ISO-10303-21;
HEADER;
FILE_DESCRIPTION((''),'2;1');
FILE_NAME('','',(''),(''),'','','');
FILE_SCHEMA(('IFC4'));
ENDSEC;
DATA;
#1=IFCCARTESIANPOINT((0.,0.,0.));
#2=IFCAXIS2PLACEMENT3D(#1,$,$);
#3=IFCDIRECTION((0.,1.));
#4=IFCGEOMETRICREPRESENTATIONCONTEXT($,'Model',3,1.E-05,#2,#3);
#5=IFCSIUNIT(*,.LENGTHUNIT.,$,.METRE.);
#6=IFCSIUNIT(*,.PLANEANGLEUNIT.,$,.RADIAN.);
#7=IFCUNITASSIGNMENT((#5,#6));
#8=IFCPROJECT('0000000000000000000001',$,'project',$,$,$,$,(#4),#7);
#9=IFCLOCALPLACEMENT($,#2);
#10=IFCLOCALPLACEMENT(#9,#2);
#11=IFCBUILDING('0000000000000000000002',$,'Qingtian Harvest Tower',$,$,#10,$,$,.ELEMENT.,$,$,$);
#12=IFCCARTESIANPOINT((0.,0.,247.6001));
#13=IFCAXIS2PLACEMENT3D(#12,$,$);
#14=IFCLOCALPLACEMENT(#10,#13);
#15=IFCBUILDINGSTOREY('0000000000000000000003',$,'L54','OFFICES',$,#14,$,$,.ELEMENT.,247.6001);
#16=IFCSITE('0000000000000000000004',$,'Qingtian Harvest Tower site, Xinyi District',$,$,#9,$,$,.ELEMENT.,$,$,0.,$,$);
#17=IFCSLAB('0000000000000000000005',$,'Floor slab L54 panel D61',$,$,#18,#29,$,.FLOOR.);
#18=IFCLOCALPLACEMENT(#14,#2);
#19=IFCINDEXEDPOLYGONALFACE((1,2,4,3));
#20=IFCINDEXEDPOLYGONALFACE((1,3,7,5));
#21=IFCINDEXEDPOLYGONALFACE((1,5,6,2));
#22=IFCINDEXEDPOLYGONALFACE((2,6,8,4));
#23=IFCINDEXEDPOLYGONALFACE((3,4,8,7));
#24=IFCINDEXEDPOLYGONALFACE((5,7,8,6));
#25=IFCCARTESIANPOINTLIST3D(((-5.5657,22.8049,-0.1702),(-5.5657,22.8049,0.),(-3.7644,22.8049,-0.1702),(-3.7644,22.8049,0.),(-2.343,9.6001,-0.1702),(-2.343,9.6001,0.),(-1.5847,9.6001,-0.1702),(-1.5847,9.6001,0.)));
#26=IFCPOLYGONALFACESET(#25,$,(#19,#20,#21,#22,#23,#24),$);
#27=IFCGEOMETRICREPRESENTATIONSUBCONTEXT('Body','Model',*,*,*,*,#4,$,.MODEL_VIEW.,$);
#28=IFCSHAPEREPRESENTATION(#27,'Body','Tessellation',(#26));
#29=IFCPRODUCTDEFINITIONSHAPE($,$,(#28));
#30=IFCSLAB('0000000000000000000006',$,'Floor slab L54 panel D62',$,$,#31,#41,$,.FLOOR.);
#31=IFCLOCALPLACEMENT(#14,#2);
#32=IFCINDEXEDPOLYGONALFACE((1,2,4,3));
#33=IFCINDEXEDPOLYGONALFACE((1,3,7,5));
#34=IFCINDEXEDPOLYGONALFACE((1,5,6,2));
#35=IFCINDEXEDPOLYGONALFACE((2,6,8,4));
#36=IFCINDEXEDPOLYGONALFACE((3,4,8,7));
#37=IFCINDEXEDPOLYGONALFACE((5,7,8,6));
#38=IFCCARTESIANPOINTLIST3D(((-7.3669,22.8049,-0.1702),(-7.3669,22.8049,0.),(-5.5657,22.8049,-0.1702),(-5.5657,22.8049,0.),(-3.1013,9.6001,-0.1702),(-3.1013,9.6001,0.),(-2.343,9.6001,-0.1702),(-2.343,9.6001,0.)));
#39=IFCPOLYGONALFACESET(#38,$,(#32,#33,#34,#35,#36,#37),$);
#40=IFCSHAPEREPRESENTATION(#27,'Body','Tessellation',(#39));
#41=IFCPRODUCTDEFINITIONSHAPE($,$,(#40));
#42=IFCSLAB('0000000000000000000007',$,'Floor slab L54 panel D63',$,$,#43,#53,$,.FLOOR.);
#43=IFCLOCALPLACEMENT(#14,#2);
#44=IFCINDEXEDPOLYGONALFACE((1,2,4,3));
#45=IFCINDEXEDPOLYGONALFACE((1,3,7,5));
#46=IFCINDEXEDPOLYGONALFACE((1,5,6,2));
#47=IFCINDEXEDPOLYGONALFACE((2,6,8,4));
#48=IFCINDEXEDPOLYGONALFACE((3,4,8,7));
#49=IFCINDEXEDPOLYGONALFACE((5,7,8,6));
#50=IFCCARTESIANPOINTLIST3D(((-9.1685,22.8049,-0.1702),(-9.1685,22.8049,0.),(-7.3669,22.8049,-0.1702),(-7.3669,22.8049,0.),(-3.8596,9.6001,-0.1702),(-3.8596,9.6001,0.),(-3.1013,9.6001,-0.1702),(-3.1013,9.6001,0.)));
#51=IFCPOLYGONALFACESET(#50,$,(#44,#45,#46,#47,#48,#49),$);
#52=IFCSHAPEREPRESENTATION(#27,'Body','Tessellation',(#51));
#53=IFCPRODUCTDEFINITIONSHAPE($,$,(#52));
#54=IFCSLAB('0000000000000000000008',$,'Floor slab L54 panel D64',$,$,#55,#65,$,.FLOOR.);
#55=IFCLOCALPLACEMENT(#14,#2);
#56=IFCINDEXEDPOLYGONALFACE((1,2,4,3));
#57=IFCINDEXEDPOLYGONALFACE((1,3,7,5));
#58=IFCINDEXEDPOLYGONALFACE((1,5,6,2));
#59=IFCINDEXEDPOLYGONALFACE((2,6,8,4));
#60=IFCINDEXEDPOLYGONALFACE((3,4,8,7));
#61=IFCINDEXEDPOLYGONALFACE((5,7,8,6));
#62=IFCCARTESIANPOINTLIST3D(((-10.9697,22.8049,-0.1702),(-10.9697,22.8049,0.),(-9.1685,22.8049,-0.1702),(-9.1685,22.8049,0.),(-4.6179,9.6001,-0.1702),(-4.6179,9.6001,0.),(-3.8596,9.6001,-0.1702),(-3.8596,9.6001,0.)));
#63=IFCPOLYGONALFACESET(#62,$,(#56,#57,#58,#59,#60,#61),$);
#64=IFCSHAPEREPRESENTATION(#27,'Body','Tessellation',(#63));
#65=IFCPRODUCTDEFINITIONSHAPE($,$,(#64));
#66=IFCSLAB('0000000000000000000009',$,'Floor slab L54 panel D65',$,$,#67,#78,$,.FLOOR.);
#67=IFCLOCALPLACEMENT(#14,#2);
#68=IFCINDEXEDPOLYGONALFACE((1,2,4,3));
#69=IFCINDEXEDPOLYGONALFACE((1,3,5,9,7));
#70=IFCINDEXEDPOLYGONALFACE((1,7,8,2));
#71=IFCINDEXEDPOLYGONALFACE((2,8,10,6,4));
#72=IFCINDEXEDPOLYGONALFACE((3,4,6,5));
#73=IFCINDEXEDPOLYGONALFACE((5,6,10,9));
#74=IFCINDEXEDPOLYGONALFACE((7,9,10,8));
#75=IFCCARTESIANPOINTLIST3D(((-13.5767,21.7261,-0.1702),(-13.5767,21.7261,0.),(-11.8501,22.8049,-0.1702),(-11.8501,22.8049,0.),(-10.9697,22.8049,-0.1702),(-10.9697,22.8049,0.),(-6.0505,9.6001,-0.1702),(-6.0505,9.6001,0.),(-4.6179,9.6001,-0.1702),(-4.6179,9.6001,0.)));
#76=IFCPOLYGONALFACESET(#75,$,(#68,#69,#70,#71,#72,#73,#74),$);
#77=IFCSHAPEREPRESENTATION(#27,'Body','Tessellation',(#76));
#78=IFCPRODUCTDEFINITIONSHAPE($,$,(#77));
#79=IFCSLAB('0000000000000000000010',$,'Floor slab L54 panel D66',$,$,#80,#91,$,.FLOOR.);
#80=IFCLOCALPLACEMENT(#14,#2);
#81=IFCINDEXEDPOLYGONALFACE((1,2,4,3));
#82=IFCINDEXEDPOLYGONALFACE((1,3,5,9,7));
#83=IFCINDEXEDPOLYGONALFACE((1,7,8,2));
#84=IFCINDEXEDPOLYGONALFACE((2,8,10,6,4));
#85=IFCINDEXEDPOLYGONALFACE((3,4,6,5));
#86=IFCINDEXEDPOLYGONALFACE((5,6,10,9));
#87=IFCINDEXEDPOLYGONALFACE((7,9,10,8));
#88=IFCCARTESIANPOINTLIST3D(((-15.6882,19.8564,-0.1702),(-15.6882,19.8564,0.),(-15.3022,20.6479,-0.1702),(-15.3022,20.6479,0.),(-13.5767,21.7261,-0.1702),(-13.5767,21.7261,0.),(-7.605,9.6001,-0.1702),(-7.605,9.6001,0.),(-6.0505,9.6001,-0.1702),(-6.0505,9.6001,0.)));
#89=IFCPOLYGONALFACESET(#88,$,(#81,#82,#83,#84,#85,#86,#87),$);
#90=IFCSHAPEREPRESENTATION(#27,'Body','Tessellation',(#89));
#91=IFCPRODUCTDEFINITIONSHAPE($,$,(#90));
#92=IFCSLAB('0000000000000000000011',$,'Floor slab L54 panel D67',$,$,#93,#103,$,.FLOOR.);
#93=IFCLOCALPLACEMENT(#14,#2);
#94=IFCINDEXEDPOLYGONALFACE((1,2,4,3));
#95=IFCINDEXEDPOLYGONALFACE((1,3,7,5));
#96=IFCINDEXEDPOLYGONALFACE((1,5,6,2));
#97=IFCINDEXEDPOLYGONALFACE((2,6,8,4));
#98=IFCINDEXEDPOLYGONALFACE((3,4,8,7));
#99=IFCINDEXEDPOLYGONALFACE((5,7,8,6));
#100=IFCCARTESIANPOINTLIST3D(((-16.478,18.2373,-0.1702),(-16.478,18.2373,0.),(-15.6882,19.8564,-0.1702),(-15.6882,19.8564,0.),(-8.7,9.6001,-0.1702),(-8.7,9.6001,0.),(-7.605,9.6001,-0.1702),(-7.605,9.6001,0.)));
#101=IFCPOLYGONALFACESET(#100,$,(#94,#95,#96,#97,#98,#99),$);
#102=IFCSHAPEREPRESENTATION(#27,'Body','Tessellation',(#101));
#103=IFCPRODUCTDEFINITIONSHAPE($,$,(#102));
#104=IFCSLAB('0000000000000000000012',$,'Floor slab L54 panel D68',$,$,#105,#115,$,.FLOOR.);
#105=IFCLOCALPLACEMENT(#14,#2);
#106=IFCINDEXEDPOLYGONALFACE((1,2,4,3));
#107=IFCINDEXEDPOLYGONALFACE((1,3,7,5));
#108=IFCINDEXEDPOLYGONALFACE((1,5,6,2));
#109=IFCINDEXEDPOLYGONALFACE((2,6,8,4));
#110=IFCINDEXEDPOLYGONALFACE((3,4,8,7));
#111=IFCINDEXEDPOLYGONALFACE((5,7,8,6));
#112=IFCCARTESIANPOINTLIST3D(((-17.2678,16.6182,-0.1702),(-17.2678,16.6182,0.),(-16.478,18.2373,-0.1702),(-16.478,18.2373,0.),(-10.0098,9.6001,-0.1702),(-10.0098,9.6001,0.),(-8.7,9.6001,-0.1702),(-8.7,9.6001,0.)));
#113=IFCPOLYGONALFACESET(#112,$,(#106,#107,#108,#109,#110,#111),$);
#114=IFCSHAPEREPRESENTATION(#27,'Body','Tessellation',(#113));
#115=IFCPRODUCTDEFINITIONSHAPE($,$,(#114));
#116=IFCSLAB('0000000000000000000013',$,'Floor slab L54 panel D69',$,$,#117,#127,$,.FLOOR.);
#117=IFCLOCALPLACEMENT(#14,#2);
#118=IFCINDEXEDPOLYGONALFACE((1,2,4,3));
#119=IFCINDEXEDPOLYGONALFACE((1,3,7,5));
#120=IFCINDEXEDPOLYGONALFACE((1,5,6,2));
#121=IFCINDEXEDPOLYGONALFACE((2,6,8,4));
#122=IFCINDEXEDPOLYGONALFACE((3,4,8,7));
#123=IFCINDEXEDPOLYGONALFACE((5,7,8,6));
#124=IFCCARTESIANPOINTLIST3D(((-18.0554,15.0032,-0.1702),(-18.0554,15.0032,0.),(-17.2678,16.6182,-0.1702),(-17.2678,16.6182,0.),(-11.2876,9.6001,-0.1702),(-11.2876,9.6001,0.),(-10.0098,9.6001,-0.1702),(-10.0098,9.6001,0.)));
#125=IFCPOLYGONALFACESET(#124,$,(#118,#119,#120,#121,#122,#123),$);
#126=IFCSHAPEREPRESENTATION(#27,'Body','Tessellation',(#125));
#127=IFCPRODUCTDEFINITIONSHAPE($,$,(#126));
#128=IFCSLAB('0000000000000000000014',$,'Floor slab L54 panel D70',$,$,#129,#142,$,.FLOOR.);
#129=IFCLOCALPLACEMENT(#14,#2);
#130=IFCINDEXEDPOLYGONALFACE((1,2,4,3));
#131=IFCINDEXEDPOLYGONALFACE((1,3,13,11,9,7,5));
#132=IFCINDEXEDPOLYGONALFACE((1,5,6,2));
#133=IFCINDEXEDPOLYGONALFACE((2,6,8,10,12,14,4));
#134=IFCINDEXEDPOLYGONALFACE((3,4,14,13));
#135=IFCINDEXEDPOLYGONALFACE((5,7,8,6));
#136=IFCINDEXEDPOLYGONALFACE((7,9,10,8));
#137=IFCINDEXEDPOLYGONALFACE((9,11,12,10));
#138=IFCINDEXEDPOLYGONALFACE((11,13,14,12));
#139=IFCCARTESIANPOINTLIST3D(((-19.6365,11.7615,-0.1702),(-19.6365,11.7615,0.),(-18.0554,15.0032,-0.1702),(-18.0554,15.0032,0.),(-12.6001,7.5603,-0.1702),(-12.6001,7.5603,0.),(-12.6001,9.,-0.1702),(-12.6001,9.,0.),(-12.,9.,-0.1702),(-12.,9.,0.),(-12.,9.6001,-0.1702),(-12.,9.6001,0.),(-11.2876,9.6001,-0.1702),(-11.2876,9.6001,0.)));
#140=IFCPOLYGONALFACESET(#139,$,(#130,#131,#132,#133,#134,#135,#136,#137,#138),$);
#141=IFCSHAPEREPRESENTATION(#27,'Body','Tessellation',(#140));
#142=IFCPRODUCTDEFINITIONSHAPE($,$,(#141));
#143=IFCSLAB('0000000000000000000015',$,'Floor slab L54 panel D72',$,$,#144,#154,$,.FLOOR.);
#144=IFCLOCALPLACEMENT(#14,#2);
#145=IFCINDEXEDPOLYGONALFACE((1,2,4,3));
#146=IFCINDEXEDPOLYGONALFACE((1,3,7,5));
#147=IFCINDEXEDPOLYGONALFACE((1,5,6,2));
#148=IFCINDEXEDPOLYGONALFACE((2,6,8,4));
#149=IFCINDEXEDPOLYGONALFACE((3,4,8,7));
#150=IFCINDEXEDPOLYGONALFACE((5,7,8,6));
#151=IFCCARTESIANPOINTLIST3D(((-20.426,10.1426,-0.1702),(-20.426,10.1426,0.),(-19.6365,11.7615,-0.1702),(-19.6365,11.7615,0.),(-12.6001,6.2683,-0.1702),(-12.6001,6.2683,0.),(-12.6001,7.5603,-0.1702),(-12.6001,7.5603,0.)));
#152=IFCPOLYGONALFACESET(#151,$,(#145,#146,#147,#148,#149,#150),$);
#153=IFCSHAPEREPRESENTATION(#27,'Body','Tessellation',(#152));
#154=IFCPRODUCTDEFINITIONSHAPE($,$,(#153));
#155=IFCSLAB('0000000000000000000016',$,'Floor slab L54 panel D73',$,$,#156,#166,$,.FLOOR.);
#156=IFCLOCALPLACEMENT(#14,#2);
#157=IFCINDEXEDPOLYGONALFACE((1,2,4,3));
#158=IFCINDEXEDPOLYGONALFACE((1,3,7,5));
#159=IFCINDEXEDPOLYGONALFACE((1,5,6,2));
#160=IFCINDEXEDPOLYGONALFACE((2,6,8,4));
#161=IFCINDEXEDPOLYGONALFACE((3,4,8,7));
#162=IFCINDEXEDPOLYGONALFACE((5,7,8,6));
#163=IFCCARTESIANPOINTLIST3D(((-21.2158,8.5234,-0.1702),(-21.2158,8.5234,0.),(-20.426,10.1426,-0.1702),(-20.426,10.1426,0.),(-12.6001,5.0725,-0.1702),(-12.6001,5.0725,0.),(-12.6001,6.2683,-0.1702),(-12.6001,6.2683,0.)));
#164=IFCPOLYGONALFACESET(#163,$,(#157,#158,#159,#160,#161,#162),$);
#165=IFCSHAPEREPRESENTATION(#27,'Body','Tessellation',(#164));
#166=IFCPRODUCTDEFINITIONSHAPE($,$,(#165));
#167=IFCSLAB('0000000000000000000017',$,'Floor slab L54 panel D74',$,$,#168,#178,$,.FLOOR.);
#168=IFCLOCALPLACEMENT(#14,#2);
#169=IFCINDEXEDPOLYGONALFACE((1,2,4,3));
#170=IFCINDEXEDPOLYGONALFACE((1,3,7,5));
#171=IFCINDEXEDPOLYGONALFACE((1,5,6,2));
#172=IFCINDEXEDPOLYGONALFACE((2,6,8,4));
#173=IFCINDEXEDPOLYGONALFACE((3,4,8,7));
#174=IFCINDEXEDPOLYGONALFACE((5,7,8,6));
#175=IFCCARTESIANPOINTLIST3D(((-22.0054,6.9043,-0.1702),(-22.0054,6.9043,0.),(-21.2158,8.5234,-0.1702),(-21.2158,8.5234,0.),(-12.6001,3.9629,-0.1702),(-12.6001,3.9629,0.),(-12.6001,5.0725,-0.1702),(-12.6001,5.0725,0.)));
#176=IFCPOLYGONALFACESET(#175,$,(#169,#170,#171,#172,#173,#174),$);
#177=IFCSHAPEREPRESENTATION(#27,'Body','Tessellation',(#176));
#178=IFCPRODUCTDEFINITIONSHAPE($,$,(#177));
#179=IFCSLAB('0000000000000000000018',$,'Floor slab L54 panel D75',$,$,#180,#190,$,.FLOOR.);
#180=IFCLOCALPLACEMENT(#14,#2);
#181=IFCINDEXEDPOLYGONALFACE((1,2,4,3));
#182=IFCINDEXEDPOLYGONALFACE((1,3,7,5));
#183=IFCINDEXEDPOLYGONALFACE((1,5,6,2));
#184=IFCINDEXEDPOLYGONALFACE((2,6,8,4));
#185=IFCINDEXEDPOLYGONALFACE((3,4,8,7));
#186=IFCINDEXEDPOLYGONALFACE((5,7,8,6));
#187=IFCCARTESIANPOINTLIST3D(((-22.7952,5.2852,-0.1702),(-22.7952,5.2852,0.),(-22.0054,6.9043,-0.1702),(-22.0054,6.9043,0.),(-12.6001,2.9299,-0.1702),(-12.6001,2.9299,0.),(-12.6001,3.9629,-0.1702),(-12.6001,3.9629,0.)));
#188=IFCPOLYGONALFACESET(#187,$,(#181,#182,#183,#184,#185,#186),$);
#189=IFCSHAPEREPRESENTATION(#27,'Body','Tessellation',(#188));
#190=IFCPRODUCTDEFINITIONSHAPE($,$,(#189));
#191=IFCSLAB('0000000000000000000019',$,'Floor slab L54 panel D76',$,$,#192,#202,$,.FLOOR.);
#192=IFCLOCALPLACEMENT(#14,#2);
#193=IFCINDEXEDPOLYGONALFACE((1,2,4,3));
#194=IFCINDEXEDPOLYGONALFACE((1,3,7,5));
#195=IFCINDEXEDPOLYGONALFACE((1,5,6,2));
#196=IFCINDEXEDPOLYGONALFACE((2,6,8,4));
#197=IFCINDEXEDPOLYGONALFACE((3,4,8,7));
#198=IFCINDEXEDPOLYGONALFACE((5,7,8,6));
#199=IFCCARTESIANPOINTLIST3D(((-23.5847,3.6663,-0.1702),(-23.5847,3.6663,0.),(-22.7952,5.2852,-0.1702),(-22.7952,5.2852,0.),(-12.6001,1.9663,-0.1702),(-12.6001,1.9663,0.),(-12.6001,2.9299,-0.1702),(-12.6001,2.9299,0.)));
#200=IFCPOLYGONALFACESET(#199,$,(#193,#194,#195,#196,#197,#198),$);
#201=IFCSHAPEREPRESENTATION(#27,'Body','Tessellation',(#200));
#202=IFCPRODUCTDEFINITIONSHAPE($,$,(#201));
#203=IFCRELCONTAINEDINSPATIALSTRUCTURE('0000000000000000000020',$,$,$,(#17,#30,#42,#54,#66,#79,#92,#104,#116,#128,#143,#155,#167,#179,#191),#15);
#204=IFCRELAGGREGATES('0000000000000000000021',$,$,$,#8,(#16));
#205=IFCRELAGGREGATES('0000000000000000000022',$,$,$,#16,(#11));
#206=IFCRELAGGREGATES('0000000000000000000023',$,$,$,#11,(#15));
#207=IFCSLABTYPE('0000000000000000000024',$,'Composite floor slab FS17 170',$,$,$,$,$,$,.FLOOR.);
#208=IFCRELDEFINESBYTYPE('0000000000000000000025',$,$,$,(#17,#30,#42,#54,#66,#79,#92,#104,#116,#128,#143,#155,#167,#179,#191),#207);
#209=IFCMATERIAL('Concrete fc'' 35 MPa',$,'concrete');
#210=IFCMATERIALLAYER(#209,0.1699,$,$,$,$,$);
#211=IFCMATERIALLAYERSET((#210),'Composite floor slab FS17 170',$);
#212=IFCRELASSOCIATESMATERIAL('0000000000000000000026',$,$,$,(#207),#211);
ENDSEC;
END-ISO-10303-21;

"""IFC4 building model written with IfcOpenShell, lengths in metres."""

from ifc_helpers import new_model, si_unit, direction, frame, origin, place, context, subcontext, project, spatial, polyline, outline, extrude, material, layer, layer_set, type_object, element, save


model = new_model("IFC4")

# Units and contexts
model_context = context("Model", 3, precision=1e-05, world=origin(), true_north=direction((0.0, 1.0)))
body_context = subcontext(model_context, "Body", "Model", "MODEL_VIEW")
ifc_project = project(units=[si_unit("LENGTHUNIT", "METRE"), si_unit("PLANEANGLEUNIT", "RADIAN")], contexts=[model_context])

# Site, building, storey
site_placement = place(None, origin())
site = spatial("IfcSite", under=ifc_project, at=site_placement, Name="Qingtian Harvest Tower site, Xinyi District", CompositionType="ELEMENT", RefElevation=0.0)
building_placement = place(site_placement, origin())
building = spatial("IfcBuilding", under=site, at=building_placement, Name="Qingtian Harvest Tower", CompositionType="ELEMENT")
storey_placement = place(building_placement, frame((0.0, 0.0, 247.6001)))
storey = spatial("IfcBuildingStorey", under=building, at=storey_placement, Name="L54", Description="OFFICES", CompositionType="ELEMENT", Elevation=247.6001)

# Slabs
ifc_material_1 = material(Name="Concrete fc' 35 MPa", Category="concrete")
ifc_layer_1 = layer(ifc_material_1, 0.1699)
ifc_layer_set_1 = layer_set([ifc_layer_1], Name="Composite floor slab FS17 170")
slab_type = type_object("IfcSlabType", Name="Composite floor slab FS17 170", PredefinedType="FLOOR", material=ifc_layer_set_1)
slab_1_placement = place(storey_placement, frame((0.0, 0.0, -0.1702)))
element("IfcSlab", 1, at=slab_1_placement, inside=storey, type_object=slab_type, Name="Floor slab L54 panel D61", PredefinedType="FLOOR", context=body_context, shape_type="SweptSolid", body=[
    extrude(outline(polyline([(-2.343, 9.6001), (-5.5657, 22.8049), (-3.7644, 22.8049), (-1.5847, 9.6001), (-2.343, 9.6001)])), origin(), (0.0, 0.0, 1.0), 0.1702),
])
slab_2_placement = place(storey_placement, frame((0.0, 0.0, -0.1702)))
element("IfcSlab", 2, at=slab_2_placement, inside=storey, type_object=slab_type, Name="Floor slab L54 panel D62", PredefinedType="FLOOR", context=body_context, shape_type="SweptSolid", body=[
    extrude(outline(polyline([(-3.1013, 9.6001), (-7.3669, 22.8049), (-5.5657, 22.8049), (-2.343, 9.6001), (-3.1013, 9.6001)])), origin(), (0.0, 0.0, 1.0), 0.1702),
])
slab_3_placement = place(storey_placement, frame((0.0, 0.0, -0.1702)))
element("IfcSlab", 3, at=slab_3_placement, inside=storey, type_object=slab_type, Name="Floor slab L54 panel D63", PredefinedType="FLOOR", context=body_context, shape_type="SweptSolid", body=[
    extrude(outline(polyline([(-3.8596, 9.6001), (-9.1685, 22.8049), (-7.3669, 22.8049), (-3.1013, 9.6001), (-3.8596, 9.6001)])), origin(), (0.0, 0.0, 1.0), 0.1702),
])
slab_4_placement = place(storey_placement, frame((0.0, 0.0, -0.1702)))
element("IfcSlab", 4, at=slab_4_placement, inside=storey, type_object=slab_type, Name="Floor slab L54 panel D64", PredefinedType="FLOOR", context=body_context, shape_type="SweptSolid", body=[
    extrude(outline(polyline([(-4.6179, 9.6001), (-10.9697, 22.8049), (-9.1685, 22.8049), (-3.8596, 9.6001), (-4.6179, 9.6001)])), origin(), (0.0, 0.0, 1.0), 0.1702),
])
slab_5_placement = place(storey_placement, frame((0.0, 0.0, -0.1702)))
element("IfcSlab", 5, at=slab_5_placement, inside=storey, type_object=slab_type, Name="Floor slab L54 panel D65", PredefinedType="FLOOR", context=body_context, shape_type="SweptSolid", body=[
    extrude(outline(polyline([(-4.6179, 9.6001), (-6.0505, 9.6001), (-13.5767, 21.7261), (-11.8501, 22.8049), (-10.9697, 22.8049), (-4.6179, 9.6001)])), origin(), (0.0, 0.0, 1.0), 0.1702),
])
slab_6_placement = place(storey_placement, frame((0.0, 0.0, -0.1702)))
element("IfcSlab", 6, at=slab_6_placement, inside=storey, type_object=slab_type, Name="Floor slab L54 panel D66", PredefinedType="FLOOR", context=body_context, shape_type="SweptSolid", body=[
    extrude(outline(polyline([(-6.0505, 9.6001), (-7.605, 9.6001), (-15.6882, 19.8564), (-15.3022, 20.6479), (-13.5767, 21.7261), (-6.0505, 9.6001)])), origin(), (0.0, 0.0, 1.0), 0.1702),
])
slab_7_placement = place(storey_placement, frame((0.0, 0.0, -0.1702)))
element("IfcSlab", 7, at=slab_7_placement, inside=storey, type_object=slab_type, Name="Floor slab L54 panel D67", PredefinedType="FLOOR", context=body_context, shape_type="SweptSolid", body=[
    extrude(outline(polyline([(-8.7, 9.6001), (-16.478, 18.2373), (-15.6882, 19.8564), (-7.605, 9.6001), (-8.7, 9.6001)])), origin(), (0.0, 0.0, 1.0), 0.1702),
])
slab_8_placement = place(storey_placement, frame((0.0, 0.0, -0.1702)))
element("IfcSlab", 8, at=slab_8_placement, inside=storey, type_object=slab_type, Name="Floor slab L54 panel D68", PredefinedType="FLOOR", context=body_context, shape_type="SweptSolid", body=[
    extrude(outline(polyline([(-10.0098, 9.6001), (-17.2678, 16.6182), (-16.478, 18.2373), (-8.7, 9.6001), (-10.0098, 9.6001)])), origin(), (0.0, 0.0, 1.0), 0.1702),
])
slab_9_placement = place(storey_placement, frame((0.0, 0.0, -0.1702)))
element("IfcSlab", 9, at=slab_9_placement, inside=storey, type_object=slab_type, Name="Floor slab L54 panel D69", PredefinedType="FLOOR", context=body_context, shape_type="SweptSolid", body=[
    extrude(outline(polyline([(-11.2876, 9.6001), (-18.0554, 15.0032), (-17.2678, 16.6182), (-10.0098, 9.6001), (-11.2876, 9.6001)])), origin(), (0.0, 0.0, 1.0), 0.1702),
])
slab_10_placement = place(storey_placement, frame((0.0, 0.0, -0.1702)))
element("IfcSlab", 10, at=slab_10_placement, inside=storey, type_object=slab_type, Name="Floor slab L54 panel D70", PredefinedType="FLOOR", context=body_context, shape_type="SweptSolid", body=[
    extrude(outline(polyline([(-12.0, 9.0), (-12.6001, 9.0), (-12.6001, 7.5603), (-19.6365, 11.7615), (-18.0554, 15.0032), (-11.2876, 9.6001), (-12.0, 9.6001), (-12.0, 9.0)])), origin(), (0.0, 0.0, 1.0), 0.1702),
])
slab_11_placement = place(storey_placement, frame((0.0, 0.0, -0.1702)))
element("IfcSlab", 11, at=slab_11_placement, inside=storey, type_object=slab_type, Name="Floor slab L54 panel D72", PredefinedType="FLOOR", context=body_context, shape_type="SweptSolid", body=[
    extrude(outline(polyline([(-12.6001, 6.2683), (-20.426, 10.1426), (-19.6365, 11.7615), (-12.6001, 7.5603), (-12.6001, 6.2683)])), origin(), (0.0, 0.0, 1.0), 0.1702),
])
slab_12_placement = place(storey_placement, frame((0.0, 0.0, -0.1702)))
element("IfcSlab", 12, at=slab_12_placement, inside=storey, type_object=slab_type, Name="Floor slab L54 panel D73", PredefinedType="FLOOR", context=body_context, shape_type="SweptSolid", body=[
    extrude(outline(polyline([(-12.6001, 5.0725), (-21.2158, 8.5234), (-20.426, 10.1426), (-12.6001, 6.2683), (-12.6001, 5.0725)])), origin(), (0.0, 0.0, 1.0), 0.1702),
])
slab_13_placement = place(storey_placement, frame((0.0, 0.0, -0.1702)))
element("IfcSlab", 13, at=slab_13_placement, inside=storey, type_object=slab_type, Name="Floor slab L54 panel D74", PredefinedType="FLOOR", context=body_context, shape_type="SweptSolid", body=[
    extrude(outline(polyline([(-12.6001, 3.9629), (-22.0054, 6.9043), (-21.2158, 8.5234), (-12.6001, 5.0725), (-12.6001, 3.9629)])), origin(), (0.0, 0.0, 1.0), 0.1702),
])
slab_14_placement = place(storey_placement, frame((0.0, 0.0, -0.1702)))
element("IfcSlab", 14, at=slab_14_placement, inside=storey, type_object=slab_type, Name="Floor slab L54 panel D75", PredefinedType="FLOOR", context=body_context, shape_type="SweptSolid", body=[
    extrude(outline(polyline([(-12.6001, 2.9299), (-22.7952, 5.2852), (-22.0054, 6.9043), (-12.6001, 3.9629), (-12.6001, 2.9299)])), origin(), (0.0, 0.0, 1.0), 0.1702),
])
slab_15_placement = place(storey_placement, frame((0.0, 0.0, -0.1702)))
element("IfcSlab", 15, at=slab_15_placement, inside=storey, type_object=slab_type, Name="Floor slab L54 panel D76", PredefinedType="FLOOR", context=body_context, shape_type="SweptSolid", body=[
    extrude(outline(polyline([(-12.6001, 1.9663), (-23.5847, 3.6663), (-22.7952, 5.2852), (-12.6001, 2.9299), (-12.6001, 1.9663)])), origin(), (0.0, 0.0, 1.0), 0.1702),
])

save(model, "model.ifc")
